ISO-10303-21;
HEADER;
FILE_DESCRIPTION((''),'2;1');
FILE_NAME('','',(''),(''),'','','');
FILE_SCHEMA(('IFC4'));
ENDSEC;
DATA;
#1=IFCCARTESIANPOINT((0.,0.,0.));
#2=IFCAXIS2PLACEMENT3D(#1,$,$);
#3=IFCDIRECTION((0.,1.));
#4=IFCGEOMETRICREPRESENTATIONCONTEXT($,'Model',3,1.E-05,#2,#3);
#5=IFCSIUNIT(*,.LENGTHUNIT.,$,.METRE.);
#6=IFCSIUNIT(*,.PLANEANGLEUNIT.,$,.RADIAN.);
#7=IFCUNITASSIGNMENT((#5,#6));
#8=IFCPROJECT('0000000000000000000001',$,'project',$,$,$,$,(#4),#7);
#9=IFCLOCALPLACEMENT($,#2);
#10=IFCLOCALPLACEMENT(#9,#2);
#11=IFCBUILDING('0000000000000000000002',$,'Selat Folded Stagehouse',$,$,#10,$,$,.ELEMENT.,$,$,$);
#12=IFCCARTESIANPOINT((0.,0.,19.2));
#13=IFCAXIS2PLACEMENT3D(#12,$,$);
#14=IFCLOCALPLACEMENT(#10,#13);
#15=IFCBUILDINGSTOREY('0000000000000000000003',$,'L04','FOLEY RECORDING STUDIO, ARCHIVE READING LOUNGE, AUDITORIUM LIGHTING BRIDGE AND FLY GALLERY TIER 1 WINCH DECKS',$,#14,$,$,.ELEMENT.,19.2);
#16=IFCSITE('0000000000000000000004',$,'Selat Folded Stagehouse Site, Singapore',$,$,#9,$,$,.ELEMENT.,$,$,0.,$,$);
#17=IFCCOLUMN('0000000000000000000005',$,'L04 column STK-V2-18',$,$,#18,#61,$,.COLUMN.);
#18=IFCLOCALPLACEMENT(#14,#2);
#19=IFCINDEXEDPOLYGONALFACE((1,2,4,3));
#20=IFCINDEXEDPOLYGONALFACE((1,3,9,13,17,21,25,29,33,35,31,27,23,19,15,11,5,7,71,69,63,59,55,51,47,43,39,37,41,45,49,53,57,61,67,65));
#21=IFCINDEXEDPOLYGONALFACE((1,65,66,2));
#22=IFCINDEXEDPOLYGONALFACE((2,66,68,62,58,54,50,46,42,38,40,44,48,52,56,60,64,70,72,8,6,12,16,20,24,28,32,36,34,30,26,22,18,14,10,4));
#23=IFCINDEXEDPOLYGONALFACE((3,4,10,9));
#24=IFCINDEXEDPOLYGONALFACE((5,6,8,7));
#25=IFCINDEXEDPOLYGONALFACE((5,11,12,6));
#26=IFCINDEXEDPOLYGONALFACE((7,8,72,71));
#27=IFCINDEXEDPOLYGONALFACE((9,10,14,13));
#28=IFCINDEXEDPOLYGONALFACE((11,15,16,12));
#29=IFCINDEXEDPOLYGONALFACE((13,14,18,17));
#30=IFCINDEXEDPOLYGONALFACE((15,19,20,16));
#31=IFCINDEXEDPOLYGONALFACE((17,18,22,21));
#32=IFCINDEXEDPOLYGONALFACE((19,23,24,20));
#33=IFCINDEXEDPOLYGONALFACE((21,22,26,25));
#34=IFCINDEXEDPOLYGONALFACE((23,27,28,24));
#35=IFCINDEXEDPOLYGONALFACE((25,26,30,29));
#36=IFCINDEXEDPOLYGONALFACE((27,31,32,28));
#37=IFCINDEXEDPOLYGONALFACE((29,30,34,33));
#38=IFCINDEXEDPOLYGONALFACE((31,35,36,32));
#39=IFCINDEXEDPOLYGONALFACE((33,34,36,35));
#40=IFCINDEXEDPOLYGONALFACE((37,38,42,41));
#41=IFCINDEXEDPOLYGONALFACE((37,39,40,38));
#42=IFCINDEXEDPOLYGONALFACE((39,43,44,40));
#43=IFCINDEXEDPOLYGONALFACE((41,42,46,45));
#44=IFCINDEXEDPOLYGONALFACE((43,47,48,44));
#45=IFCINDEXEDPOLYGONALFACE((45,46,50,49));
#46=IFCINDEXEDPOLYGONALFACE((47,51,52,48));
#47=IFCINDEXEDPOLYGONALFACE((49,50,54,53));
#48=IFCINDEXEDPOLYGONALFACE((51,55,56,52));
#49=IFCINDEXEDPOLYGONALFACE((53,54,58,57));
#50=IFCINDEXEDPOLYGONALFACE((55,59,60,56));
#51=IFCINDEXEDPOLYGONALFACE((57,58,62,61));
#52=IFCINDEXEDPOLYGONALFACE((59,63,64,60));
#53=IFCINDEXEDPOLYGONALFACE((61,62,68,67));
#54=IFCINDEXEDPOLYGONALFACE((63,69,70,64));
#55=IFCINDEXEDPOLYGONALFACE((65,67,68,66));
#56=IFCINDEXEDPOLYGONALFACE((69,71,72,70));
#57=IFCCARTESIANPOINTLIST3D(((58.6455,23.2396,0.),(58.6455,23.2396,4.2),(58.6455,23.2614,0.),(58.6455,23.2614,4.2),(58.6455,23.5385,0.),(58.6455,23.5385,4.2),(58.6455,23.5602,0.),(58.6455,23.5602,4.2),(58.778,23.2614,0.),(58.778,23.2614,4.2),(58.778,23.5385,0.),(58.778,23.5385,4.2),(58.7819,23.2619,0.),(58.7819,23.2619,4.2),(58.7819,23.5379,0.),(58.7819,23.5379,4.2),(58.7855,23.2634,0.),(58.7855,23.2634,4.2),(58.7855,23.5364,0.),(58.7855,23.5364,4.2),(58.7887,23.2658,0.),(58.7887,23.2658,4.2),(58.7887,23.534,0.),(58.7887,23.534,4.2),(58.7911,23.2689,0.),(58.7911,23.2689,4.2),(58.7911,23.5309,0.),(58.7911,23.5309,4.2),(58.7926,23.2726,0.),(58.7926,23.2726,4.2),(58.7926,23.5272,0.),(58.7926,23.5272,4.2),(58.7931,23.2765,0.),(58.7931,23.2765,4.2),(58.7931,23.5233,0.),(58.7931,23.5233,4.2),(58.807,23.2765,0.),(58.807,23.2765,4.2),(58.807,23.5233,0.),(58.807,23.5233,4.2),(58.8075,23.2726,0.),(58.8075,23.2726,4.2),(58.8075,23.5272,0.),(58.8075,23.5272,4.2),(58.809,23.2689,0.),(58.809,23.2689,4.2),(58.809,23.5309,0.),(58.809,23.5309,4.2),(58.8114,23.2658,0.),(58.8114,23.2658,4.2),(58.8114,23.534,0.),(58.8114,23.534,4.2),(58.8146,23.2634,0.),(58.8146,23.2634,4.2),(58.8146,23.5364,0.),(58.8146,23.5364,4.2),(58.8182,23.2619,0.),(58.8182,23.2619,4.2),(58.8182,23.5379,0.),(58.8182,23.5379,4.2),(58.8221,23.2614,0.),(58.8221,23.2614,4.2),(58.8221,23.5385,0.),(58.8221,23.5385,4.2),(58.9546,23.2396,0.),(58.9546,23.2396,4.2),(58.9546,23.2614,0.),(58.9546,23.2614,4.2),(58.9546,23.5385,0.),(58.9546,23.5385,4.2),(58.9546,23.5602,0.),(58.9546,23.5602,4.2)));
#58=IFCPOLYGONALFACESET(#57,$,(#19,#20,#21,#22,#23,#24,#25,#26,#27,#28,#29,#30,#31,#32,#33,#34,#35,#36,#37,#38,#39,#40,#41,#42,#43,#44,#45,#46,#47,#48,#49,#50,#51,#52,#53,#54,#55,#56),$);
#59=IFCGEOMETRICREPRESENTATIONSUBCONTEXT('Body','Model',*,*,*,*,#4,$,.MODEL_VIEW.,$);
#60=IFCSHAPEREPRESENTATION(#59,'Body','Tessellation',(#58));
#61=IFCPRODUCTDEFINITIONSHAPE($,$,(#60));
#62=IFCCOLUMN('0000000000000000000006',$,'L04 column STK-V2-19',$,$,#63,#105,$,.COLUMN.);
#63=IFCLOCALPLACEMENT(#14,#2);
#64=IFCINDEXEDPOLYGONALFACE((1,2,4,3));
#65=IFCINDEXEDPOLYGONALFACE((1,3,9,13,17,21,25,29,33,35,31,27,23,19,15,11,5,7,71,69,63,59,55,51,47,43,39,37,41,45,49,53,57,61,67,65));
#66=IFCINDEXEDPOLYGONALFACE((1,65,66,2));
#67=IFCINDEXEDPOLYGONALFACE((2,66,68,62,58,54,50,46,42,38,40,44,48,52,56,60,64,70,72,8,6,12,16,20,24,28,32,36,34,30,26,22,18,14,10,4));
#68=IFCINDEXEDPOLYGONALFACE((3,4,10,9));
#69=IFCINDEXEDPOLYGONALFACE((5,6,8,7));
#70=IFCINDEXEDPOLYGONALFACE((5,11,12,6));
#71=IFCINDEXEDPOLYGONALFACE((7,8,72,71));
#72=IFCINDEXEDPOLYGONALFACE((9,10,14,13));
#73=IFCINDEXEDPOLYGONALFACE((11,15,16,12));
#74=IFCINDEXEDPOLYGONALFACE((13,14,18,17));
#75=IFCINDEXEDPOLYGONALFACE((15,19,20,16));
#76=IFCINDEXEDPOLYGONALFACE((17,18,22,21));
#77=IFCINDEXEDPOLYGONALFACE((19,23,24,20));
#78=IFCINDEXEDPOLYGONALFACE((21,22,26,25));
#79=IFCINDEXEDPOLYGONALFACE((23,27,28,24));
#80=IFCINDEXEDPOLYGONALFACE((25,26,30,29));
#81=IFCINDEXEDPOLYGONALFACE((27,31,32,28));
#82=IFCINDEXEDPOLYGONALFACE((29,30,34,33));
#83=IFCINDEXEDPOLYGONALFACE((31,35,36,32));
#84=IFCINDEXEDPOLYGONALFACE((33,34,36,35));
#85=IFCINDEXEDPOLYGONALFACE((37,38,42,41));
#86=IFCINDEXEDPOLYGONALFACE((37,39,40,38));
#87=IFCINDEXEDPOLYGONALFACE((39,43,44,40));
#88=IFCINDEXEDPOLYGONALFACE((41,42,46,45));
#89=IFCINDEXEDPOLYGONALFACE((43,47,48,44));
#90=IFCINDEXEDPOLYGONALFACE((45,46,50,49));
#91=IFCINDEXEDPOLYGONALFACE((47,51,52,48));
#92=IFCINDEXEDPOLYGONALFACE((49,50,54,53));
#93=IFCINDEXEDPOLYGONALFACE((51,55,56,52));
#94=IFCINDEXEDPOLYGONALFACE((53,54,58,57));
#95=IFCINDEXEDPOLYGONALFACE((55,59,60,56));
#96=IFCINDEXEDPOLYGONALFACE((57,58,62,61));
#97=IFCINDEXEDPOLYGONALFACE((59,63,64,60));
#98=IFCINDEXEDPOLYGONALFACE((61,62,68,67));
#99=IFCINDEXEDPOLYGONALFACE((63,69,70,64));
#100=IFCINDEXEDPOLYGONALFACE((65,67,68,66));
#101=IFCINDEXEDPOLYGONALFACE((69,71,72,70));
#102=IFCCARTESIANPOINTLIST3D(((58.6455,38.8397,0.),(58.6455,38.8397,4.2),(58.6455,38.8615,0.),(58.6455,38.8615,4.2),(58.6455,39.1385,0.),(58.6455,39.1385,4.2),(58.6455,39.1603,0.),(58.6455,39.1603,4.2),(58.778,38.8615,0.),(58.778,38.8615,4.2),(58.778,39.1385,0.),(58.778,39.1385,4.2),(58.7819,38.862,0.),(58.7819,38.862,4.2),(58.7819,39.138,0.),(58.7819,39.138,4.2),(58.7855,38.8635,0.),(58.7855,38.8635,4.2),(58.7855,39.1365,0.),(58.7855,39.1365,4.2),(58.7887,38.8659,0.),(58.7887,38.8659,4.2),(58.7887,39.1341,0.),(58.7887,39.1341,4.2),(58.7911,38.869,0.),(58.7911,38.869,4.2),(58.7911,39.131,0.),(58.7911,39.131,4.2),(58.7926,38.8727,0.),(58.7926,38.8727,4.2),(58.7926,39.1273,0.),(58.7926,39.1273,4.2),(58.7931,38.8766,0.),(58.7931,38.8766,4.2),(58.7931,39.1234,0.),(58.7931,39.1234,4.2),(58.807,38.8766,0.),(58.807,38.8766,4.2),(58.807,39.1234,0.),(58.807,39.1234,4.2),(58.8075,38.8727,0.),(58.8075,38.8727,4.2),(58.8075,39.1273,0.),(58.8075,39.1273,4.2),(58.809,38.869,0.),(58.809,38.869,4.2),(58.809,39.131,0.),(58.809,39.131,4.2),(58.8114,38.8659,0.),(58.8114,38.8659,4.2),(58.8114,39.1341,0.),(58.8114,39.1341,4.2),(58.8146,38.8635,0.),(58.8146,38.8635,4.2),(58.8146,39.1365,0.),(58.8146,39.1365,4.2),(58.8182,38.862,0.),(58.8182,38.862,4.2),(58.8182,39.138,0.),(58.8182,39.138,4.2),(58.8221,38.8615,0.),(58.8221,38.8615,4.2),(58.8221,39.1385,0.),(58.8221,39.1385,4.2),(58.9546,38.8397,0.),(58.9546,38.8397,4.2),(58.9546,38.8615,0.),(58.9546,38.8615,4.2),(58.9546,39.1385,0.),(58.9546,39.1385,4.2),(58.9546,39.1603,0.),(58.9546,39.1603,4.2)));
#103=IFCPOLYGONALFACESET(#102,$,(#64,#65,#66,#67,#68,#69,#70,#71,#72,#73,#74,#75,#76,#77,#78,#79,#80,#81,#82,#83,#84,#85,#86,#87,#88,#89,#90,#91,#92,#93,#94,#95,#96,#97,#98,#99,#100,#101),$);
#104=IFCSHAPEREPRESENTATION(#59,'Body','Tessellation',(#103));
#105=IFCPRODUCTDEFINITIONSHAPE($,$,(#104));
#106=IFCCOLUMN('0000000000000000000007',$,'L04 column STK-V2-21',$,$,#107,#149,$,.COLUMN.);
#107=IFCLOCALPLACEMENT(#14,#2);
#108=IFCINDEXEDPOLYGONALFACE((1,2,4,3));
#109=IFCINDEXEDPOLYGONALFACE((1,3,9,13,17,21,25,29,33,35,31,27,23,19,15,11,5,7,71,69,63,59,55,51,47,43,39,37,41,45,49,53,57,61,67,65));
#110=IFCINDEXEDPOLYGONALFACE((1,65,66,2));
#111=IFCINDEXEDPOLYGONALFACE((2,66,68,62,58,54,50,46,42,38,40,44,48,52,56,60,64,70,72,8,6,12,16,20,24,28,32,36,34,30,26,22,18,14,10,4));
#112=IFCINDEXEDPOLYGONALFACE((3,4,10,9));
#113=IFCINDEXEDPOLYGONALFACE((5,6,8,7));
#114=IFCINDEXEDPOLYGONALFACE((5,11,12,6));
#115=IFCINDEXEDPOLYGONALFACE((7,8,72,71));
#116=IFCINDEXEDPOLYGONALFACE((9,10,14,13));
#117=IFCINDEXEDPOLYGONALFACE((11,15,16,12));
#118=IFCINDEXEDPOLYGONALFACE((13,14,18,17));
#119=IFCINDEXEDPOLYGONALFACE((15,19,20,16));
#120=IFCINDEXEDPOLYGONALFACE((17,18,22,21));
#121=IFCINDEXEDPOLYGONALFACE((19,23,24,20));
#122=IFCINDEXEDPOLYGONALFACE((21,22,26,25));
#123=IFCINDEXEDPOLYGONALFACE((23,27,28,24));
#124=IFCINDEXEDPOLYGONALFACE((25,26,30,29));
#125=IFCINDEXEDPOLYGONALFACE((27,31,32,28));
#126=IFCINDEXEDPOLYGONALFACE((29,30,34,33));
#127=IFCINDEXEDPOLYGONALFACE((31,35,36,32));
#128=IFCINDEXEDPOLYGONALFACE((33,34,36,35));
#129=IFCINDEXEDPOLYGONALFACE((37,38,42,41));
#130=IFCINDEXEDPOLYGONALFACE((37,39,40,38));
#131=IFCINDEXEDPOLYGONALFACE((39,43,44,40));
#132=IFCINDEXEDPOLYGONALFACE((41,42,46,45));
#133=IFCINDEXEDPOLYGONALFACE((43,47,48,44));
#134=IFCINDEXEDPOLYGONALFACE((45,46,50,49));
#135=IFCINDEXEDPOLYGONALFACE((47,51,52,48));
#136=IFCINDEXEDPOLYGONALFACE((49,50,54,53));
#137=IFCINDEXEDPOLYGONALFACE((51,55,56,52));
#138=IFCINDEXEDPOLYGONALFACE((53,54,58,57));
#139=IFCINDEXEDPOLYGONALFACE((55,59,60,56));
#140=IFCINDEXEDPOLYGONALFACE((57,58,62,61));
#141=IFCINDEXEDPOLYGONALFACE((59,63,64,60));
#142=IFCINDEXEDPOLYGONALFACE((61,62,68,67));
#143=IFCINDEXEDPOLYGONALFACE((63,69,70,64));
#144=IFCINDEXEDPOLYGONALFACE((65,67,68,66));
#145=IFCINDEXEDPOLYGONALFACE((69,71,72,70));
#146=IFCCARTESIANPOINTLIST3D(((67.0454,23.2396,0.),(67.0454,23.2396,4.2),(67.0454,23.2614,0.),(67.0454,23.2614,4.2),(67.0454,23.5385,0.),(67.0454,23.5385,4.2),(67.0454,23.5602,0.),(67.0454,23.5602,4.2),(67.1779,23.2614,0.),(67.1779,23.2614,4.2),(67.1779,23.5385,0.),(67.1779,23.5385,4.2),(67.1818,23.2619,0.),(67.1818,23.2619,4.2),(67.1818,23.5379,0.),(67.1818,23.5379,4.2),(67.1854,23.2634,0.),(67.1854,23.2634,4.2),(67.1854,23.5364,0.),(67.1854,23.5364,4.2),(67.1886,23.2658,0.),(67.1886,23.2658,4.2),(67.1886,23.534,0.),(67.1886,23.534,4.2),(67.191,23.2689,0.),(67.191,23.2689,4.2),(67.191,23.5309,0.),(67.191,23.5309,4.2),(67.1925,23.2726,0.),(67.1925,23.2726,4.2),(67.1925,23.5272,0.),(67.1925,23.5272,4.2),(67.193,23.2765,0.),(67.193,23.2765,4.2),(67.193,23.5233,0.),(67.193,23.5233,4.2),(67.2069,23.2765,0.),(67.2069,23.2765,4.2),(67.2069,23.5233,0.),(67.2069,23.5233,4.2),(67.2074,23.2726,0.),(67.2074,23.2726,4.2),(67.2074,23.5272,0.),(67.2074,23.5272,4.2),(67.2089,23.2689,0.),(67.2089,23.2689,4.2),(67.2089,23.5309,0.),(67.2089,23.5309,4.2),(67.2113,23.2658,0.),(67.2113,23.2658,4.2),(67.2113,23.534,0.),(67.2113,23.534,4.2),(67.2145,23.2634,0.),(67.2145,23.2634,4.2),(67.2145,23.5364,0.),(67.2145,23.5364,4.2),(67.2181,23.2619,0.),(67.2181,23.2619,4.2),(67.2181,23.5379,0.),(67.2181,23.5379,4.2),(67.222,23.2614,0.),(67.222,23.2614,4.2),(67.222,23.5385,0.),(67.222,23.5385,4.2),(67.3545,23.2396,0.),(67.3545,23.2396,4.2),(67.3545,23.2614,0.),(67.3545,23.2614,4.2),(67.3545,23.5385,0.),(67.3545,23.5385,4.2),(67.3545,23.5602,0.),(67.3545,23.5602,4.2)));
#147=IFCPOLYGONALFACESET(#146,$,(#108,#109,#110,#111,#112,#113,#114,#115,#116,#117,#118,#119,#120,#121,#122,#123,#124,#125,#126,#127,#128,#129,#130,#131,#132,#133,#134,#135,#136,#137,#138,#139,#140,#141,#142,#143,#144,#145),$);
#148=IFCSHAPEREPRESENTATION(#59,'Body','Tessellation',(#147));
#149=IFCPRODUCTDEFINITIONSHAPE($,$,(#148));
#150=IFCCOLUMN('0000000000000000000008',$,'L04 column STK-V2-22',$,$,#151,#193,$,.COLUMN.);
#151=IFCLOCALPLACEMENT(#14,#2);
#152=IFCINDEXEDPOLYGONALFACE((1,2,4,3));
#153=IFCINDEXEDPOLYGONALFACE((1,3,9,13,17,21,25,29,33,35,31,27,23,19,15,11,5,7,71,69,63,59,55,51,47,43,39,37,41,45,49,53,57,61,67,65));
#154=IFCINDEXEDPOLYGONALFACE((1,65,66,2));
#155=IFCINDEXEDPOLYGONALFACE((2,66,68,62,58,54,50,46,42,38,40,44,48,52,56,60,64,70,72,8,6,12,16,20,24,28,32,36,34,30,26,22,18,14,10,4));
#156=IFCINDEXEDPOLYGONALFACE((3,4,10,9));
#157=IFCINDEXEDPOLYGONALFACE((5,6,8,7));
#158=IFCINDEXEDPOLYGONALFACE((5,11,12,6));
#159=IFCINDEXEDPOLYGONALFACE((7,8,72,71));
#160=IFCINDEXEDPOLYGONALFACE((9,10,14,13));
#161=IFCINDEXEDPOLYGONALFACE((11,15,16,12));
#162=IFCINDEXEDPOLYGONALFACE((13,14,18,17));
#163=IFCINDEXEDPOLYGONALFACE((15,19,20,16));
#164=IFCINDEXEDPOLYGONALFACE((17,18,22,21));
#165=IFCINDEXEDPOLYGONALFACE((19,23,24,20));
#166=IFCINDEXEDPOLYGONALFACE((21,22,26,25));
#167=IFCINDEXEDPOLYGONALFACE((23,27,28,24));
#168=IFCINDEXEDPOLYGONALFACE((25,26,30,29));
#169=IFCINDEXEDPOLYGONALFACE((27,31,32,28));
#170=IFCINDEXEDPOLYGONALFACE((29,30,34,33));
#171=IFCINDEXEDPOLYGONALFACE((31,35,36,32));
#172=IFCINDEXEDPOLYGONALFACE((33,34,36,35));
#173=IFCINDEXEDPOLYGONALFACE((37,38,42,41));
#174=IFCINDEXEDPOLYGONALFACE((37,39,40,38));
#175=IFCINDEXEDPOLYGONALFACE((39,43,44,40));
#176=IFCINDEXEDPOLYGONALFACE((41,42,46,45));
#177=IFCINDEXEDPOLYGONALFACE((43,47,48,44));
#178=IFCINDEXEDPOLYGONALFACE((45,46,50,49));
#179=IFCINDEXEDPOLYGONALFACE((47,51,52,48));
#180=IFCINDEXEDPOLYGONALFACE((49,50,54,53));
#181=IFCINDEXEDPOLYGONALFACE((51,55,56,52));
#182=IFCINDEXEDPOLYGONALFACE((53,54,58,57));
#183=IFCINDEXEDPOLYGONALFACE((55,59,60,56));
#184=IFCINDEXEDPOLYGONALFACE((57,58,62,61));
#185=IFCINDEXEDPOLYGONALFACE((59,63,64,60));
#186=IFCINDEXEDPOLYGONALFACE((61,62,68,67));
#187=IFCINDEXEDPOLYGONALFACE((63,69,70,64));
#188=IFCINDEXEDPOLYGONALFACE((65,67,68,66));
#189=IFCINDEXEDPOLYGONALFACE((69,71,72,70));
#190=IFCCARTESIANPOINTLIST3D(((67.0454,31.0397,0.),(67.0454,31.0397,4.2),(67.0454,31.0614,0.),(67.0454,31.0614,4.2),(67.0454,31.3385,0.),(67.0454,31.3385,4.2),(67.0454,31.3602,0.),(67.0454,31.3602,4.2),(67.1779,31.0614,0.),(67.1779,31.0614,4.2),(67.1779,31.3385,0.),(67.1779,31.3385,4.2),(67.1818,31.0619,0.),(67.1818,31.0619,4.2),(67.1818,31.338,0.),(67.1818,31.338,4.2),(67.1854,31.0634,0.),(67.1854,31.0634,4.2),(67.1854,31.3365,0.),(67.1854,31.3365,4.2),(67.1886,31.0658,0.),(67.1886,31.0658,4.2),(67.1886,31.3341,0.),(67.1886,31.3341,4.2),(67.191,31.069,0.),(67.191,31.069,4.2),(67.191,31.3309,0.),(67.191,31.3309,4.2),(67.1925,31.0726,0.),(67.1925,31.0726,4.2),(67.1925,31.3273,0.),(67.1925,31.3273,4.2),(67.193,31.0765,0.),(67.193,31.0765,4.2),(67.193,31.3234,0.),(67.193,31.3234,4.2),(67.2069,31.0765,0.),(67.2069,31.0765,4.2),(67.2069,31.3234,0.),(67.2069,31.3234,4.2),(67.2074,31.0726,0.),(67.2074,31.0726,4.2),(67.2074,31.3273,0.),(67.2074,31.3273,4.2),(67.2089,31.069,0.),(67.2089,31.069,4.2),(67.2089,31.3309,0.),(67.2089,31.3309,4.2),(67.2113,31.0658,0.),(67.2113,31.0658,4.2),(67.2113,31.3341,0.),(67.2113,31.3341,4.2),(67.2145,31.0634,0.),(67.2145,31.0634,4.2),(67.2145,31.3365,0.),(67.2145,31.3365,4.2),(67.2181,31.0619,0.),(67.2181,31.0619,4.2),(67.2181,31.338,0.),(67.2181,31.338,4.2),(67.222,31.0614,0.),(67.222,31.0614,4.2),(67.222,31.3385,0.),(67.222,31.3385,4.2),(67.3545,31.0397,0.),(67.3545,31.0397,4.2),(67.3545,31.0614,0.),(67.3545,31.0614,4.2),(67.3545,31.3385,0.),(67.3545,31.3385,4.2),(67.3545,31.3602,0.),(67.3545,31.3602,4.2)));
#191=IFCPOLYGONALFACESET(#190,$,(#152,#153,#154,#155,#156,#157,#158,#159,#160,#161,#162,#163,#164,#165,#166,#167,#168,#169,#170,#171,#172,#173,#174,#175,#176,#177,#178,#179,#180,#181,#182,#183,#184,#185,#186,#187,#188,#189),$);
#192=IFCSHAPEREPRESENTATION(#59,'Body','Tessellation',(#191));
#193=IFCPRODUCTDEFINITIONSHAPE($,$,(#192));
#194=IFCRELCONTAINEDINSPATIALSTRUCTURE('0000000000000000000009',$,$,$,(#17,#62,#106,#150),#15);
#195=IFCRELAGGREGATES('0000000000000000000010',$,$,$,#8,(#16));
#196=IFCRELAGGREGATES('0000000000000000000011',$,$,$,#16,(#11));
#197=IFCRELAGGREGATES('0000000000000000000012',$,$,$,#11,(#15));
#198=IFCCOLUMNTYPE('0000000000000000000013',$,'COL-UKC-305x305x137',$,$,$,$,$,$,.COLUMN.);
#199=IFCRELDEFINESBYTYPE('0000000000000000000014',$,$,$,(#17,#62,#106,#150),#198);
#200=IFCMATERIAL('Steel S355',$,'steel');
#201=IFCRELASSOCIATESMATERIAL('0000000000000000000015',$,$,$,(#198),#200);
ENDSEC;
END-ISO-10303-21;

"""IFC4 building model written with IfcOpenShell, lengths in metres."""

from ifc_helpers import new_model, si_unit, direction, frame, origin, origin_2d, place, context, subcontext, project, spatial, i_section, extrude, material, material_profile, profile_set, type_object, element, save


model = new_model("IFC4")

# Units and contexts
model_context = context("Model", 3, precision=1e-05, world=origin(), true_north=direction((0.0, 1.0)))
body_context = subcontext(model_context, "Body", "Model", "MODEL_VIEW")
ifc_project = project(units=[si_unit("LENGTHUNIT", "METRE"), si_unit("PLANEANGLEUNIT", "RADIAN")], contexts=[model_context])

# Site, building, storey
site_placement = place(None, origin())
site = spatial("IfcSite", under=ifc_project, at=site_placement, Name="Selat Folded Stagehouse Site, Singapore", CompositionType="ELEMENT", RefElevation=0.0)
building_placement = place(site_placement, origin())
building = spatial("IfcBuilding", under=site, at=building_placement, Name="Selat Folded Stagehouse", CompositionType="ELEMENT")
storey_placement = place(building_placement, frame((0.0, 0.0, 19.2)))
storey = spatial("IfcBuildingStorey", under=building, at=storey_placement, Name="L04", Description="FOLEY RECORDING STUDIO, ARCHIVE READING LOUNGE, AUDITORIUM LIGHTING BRIDGE AND FLY GALLERY TIER 1 WINCH DECKS", CompositionType="ELEMENT", Elevation=19.2)

# Columns
ifc_material_1 = material(Name="Steel S355", Category="steel")
ifc_material_profile_1 = material_profile(ifc_material_1, i_section(OverallWidth=0.3091, OverallDepth=0.3206, WebThickness=0.0139, FlangeThickness=0.0217, FilletRadius=0.0151, at=origin_2d()), Name="UKC 305x305x137")
ifc_profile_set_1 = profile_set([ifc_material_profile_1], Name="Steel S355")
column_type = type_object("IfcColumnType", Name="COL-UKC-305x305x137", PredefinedType="COLUMN", material=ifc_profile_set_1)
for number, where, z_axis, x_axis, name in (
    (1, (58.8, 23.3999, 0.0), (0.0, 0.0, 1.0), (1.0, 0.0, 0.0), "L04 column STK-V2-18"),
    (2, (58.8, 39.0, 0.0), (0.0, 0.0, 1.0), (1.0, 0.0, 0.0), "L04 column STK-V2-19"),
    (3, (67.2, 23.3999, 0.0), (0.0, 0.0, 1.0), (1.0, 0.0, 0.0), "L04 column STK-V2-21"),
    (4, (67.2, 31.2, 0.0), (0.0, 0.0, 1.0), (1.0, 0.0, 0.0), "L04 column STK-V2-22"),
):
    element("IfcColumn", number, at=place(storey_placement, frame(where, z_axis=z_axis, x_axis=x_axis)), inside=storey, type_object=column_type, Name=name, PredefinedType="COLUMN", context=body_context, shape_type="SweptSolid", body=[
        extrude(i_section(OverallWidth=0.3091, OverallDepth=0.3206, WebThickness=0.0139, FlangeThickness=0.0217, FilletRadius=0.0151, at=origin_2d()), origin(), (0.0, 0.0, 1.0), 4.2),
    ])

save(model, "model.ifc")
